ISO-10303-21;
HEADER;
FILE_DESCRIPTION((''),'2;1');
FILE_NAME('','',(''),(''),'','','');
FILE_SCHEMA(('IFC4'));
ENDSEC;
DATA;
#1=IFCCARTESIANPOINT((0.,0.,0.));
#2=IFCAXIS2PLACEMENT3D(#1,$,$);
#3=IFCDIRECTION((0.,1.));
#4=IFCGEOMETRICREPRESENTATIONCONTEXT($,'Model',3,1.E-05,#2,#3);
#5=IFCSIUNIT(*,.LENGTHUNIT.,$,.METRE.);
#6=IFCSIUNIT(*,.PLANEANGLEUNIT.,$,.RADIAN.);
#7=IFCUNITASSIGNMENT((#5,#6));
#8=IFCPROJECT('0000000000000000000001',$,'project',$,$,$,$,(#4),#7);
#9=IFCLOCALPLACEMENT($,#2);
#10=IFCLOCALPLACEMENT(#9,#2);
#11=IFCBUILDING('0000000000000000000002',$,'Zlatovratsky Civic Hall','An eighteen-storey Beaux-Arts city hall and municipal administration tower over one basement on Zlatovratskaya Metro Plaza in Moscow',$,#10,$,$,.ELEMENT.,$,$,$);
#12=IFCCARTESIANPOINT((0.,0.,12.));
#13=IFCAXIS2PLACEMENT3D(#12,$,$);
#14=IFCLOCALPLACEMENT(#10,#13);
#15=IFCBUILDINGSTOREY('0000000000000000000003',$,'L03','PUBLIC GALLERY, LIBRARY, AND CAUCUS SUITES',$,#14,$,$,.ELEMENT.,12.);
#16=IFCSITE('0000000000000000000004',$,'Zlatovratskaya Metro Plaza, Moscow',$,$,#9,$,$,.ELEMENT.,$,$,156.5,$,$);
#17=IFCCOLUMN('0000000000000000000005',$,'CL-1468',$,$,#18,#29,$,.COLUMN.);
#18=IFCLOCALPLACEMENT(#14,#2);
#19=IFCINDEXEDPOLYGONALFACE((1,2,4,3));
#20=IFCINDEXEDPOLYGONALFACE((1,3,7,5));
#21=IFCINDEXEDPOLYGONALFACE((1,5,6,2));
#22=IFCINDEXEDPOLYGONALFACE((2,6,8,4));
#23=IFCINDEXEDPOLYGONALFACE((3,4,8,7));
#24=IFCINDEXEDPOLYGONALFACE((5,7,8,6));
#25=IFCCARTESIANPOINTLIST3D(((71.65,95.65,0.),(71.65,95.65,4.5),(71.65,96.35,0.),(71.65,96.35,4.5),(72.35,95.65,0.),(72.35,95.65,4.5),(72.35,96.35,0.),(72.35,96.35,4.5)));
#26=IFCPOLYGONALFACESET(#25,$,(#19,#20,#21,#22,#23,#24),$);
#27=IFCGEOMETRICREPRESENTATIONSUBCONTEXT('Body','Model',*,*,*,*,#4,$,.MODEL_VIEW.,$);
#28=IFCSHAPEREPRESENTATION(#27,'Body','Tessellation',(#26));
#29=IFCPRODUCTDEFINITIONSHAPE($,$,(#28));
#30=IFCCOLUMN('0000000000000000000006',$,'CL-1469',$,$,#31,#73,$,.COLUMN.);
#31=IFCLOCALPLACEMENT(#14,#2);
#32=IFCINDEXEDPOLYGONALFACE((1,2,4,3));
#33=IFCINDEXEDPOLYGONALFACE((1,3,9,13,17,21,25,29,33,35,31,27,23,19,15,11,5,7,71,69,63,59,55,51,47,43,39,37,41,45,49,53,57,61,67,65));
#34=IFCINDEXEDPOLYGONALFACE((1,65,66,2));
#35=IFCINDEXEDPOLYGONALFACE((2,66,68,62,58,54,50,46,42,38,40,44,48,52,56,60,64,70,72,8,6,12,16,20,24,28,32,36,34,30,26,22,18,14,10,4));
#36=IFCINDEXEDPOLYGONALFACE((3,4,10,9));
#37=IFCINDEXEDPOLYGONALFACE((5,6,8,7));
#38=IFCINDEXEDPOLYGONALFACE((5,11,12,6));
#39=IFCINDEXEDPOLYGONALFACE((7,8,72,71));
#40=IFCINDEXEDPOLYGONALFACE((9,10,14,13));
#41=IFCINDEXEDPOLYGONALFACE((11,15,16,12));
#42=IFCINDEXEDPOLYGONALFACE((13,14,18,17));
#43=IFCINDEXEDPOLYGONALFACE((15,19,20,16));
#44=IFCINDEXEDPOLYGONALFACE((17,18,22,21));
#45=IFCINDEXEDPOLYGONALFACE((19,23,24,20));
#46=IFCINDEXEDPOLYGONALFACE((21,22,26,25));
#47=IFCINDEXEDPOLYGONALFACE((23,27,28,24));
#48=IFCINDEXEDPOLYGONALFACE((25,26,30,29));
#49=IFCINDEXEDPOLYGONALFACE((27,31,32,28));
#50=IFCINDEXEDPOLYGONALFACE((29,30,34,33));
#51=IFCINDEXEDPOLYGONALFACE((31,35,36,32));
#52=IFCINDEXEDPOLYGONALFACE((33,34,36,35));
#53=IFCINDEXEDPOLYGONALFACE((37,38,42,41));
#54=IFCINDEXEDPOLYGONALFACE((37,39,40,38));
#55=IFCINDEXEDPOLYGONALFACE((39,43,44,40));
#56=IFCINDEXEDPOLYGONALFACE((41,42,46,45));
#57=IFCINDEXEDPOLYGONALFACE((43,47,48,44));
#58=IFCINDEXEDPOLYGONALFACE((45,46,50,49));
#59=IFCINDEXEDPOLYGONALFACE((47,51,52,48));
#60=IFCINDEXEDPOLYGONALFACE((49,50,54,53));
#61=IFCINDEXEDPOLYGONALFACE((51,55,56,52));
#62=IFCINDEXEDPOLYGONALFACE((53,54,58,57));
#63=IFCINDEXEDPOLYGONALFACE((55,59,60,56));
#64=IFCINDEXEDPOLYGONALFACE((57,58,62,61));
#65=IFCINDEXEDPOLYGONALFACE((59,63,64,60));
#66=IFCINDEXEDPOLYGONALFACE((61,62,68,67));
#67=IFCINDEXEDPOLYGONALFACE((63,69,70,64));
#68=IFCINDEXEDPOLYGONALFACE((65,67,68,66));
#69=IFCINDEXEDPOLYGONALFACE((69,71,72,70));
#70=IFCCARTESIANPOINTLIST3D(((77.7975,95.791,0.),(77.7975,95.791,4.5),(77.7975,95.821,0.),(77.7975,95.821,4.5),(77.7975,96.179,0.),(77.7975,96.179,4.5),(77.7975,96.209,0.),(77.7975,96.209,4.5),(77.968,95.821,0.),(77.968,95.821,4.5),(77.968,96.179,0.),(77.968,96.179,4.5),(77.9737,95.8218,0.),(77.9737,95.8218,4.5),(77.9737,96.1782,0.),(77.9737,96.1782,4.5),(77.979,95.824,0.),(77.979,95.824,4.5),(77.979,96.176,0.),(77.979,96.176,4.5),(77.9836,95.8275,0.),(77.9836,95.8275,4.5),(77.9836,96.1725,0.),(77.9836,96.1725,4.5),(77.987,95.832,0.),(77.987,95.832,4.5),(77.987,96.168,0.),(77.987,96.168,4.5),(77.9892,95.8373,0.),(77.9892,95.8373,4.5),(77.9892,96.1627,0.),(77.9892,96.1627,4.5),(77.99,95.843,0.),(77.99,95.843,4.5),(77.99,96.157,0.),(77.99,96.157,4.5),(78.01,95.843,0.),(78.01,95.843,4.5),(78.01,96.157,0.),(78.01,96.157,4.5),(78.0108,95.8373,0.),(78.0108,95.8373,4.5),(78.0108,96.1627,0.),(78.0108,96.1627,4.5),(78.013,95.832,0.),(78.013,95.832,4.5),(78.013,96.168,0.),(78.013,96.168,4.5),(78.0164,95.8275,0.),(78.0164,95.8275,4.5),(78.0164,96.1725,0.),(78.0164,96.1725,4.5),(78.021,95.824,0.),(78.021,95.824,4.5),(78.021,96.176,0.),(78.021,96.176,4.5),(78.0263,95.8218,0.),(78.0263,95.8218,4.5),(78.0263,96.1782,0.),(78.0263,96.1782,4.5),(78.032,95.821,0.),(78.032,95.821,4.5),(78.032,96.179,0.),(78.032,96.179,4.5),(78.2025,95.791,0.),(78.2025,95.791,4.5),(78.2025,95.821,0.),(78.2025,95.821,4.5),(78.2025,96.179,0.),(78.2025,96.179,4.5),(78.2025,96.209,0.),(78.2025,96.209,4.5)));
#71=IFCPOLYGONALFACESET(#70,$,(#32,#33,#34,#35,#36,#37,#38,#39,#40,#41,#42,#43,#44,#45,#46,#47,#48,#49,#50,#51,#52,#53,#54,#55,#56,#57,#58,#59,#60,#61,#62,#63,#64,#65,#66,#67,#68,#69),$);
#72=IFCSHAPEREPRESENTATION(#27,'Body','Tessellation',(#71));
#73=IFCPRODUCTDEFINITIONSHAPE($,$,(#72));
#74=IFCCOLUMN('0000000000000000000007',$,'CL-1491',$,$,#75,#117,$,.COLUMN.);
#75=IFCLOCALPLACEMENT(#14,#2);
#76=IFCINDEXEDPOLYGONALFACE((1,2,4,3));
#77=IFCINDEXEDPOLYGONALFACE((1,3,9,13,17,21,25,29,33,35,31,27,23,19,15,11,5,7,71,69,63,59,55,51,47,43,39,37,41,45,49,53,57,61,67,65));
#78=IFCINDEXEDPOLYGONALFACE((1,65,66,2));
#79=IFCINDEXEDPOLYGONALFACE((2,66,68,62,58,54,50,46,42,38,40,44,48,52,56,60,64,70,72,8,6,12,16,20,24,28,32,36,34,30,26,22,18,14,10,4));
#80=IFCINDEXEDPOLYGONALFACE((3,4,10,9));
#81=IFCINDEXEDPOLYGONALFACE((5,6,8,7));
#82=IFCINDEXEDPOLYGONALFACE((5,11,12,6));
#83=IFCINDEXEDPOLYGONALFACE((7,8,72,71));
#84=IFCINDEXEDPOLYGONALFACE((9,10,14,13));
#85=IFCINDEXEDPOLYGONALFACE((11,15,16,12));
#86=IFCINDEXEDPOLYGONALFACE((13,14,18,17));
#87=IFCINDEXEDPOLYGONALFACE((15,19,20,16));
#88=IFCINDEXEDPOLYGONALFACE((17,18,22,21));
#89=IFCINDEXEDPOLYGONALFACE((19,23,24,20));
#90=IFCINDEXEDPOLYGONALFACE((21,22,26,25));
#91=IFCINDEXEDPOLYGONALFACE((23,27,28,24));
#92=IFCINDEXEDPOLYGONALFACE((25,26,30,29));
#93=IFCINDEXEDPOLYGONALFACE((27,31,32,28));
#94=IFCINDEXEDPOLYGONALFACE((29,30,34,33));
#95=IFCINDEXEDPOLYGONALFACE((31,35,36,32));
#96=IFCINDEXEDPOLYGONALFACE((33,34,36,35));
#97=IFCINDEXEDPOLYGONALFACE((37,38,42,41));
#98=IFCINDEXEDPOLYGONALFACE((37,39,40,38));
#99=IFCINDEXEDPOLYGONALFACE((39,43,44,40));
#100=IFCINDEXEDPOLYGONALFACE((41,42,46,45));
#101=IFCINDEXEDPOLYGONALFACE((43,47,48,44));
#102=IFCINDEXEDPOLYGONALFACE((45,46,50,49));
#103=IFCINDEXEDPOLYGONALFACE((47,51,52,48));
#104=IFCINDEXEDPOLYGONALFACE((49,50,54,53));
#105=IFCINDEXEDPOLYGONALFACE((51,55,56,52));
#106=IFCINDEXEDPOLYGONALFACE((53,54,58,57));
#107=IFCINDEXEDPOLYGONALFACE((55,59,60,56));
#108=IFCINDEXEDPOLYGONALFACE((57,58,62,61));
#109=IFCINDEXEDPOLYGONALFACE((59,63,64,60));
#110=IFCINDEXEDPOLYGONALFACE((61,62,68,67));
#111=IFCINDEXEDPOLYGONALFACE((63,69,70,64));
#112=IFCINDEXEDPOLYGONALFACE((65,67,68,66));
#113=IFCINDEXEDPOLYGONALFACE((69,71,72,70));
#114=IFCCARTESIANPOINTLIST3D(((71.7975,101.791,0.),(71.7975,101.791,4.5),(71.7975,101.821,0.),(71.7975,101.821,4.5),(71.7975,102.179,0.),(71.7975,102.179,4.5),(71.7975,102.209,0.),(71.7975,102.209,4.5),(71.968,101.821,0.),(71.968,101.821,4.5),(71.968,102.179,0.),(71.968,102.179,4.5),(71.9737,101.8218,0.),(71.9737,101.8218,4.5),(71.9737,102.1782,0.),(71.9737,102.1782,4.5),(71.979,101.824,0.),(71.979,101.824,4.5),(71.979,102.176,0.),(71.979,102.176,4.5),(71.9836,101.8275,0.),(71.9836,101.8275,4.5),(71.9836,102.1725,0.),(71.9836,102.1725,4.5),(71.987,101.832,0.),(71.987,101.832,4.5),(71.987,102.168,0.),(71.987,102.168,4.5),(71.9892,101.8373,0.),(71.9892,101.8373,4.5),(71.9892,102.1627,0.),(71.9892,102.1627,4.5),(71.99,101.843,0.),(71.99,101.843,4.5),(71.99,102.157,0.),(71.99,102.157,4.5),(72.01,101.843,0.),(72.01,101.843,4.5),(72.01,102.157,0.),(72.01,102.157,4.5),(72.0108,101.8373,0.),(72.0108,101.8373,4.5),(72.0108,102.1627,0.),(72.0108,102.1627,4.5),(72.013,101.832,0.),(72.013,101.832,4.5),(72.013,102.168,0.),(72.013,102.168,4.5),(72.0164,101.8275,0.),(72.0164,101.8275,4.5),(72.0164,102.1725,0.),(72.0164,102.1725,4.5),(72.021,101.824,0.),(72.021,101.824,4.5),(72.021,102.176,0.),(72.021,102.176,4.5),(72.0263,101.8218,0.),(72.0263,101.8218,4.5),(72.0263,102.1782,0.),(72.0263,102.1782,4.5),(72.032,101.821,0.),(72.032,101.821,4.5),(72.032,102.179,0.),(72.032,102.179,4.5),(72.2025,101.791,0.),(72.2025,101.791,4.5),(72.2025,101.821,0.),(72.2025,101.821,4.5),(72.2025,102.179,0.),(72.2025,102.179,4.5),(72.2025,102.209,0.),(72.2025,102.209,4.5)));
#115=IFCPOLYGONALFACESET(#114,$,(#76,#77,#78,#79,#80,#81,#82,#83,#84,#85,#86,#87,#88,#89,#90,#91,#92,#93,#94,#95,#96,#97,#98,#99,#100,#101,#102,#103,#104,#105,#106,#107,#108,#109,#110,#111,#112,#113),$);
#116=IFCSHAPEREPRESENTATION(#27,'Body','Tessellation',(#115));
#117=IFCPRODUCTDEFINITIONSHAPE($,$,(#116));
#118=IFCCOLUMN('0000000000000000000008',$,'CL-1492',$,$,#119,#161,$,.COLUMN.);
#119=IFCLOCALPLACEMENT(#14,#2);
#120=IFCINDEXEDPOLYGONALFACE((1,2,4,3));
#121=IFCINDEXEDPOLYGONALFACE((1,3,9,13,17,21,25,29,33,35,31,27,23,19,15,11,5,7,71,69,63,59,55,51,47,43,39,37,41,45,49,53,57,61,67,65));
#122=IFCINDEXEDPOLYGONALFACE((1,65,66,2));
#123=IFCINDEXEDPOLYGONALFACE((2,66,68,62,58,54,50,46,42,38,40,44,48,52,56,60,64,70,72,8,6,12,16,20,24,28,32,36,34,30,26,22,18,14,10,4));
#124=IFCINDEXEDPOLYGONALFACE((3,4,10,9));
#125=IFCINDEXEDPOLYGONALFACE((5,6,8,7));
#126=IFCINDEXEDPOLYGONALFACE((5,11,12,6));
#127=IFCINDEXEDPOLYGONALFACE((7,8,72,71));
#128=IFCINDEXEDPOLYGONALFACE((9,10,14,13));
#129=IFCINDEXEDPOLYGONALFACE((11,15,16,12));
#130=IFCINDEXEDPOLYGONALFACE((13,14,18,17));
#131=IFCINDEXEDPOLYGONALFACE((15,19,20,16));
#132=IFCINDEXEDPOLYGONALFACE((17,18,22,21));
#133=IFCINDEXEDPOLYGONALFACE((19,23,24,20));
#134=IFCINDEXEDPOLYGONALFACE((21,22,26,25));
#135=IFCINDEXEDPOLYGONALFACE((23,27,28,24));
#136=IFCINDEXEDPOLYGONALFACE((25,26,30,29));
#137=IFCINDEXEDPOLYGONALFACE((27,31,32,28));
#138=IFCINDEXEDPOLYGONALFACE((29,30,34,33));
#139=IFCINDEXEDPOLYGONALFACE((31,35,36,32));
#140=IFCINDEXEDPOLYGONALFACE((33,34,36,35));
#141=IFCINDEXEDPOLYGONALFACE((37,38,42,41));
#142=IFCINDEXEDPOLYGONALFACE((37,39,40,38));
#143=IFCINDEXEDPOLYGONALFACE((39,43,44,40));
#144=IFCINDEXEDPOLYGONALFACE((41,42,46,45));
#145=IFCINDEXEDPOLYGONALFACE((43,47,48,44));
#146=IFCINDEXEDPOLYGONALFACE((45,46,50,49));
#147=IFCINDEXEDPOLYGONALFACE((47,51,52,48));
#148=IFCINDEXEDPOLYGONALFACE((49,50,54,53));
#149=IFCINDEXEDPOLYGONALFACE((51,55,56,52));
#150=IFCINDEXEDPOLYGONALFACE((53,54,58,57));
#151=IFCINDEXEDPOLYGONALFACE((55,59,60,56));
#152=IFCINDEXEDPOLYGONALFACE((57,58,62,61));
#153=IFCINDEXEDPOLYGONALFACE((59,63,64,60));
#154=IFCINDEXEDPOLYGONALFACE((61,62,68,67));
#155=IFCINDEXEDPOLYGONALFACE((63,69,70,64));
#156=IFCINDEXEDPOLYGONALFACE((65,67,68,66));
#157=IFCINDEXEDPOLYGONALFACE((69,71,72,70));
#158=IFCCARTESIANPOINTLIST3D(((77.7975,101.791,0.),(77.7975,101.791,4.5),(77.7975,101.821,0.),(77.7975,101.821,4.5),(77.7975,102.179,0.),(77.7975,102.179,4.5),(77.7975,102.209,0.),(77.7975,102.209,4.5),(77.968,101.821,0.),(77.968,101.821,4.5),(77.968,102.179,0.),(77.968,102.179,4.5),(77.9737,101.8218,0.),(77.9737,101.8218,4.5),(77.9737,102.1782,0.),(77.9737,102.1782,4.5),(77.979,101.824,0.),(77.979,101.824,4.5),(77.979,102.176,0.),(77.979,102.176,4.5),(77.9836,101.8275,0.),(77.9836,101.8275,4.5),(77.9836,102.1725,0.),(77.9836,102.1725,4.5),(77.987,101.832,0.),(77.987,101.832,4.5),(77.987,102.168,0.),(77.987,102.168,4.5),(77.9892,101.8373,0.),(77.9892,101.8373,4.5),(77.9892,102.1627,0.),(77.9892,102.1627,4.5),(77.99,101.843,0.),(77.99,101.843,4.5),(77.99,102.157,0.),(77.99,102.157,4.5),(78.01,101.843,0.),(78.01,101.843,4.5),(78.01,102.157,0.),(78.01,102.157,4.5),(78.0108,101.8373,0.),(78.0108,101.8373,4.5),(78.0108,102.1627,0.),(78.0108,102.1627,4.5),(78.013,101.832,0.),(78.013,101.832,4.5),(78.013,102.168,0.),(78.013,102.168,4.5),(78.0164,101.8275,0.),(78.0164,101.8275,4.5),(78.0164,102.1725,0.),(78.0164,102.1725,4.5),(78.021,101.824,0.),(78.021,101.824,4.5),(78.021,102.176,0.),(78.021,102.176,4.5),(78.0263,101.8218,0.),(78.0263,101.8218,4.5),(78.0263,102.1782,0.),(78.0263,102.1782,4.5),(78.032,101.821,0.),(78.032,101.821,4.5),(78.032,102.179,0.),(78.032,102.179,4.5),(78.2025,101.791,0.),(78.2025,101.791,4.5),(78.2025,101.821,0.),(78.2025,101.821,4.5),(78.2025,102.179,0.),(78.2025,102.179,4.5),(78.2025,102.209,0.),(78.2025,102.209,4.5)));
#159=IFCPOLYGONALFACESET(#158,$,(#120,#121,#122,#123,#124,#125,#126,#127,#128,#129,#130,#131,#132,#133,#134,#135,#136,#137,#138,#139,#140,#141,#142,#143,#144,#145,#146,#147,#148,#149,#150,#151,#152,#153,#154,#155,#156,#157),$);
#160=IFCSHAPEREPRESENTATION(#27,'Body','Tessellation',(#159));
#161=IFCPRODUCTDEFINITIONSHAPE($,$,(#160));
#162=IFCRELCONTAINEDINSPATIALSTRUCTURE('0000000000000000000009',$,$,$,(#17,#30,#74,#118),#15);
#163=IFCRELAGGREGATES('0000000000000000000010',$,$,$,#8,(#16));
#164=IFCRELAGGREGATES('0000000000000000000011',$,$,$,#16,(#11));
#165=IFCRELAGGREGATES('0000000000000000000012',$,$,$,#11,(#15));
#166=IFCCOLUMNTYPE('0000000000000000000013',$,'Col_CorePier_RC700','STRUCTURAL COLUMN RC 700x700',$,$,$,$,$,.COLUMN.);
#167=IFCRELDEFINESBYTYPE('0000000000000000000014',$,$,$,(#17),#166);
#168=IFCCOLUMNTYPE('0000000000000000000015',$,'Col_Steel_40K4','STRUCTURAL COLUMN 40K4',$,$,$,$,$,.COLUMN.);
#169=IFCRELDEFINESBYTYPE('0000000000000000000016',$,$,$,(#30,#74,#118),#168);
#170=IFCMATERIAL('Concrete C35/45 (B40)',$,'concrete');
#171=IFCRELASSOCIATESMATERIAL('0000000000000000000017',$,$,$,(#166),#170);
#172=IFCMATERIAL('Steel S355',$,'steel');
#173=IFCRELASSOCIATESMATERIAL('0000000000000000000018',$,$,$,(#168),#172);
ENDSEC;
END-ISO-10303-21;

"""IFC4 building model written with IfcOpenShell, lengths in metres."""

from ifc_helpers import new_model, si_unit, direction, frame, origin, origin_2d, place, context, subcontext, project, spatial, rectangle, i_section, extrude, material, material_profile, profile_set, type_object, element, save


model = new_model("IFC4")

# Units and contexts
model_context = context("Model", 3, precision=1e-05, world=origin(), true_north=direction((0.0, 1.0)))
body_context = subcontext(model_context, "Body", "Model", "MODEL_VIEW")
ifc_project = project(units=[si_unit("LENGTHUNIT", "METRE"), si_unit("PLANEANGLEUNIT", "RADIAN")], contexts=[model_context])

# Site, building, storey
site_placement = place(None, origin())
site = spatial("IfcSite", under=ifc_project, at=site_placement, Name="Zlatovratskaya Metro Plaza, Moscow", CompositionType="ELEMENT", RefElevation=156.5)
building_placement = place(site_placement, origin())
building = spatial("IfcBuilding", under=site, at=building_placement, Name="Zlatovratsky Civic Hall", Description="An eighteen-storey Beaux-Arts city hall and municipal administration tower over one basement on Zlatovratskaya Metro Plaza in Moscow", CompositionType="ELEMENT")
storey_placement = place(building_placement, frame((0.0, 0.0, 12.0)))
storey = spatial("IfcBuildingStorey", under=building, at=storey_placement, Name="L03", Description="PUBLIC GALLERY, LIBRARY, AND CAUCUS SUITES", CompositionType="ELEMENT", Elevation=12.0)

# Columns
ifc_material_1 = material(Name="Concrete C35/45 (B40)", Category="concrete")
ifc_material_profile_1 = material_profile(ifc_material_1, rectangle(XDim=0.7, YDim=0.7, at=origin_2d()), Name="RC 700x700")
ifc_profile_set_1 = profile_set([ifc_material_profile_1], Name="Concrete C35/45 (B40)")
column_type_1 = type_object("IfcColumnType", Name="Col_CorePier_RC700", Description="STRUCTURAL COLUMN RC 700x700", PredefinedType="COLUMN", material=ifc_profile_set_1)
column_placement = place(storey_placement, frame((72.0, 96.0, 0.0), z_axis=(0.0, 0.0, 1.0), x_axis=(1.0, 0.0, 0.0)))
element("IfcColumn", 1, at=column_placement, inside=storey, type_object=column_type_1, Name="CL-1468", PredefinedType="COLUMN", context=body_context, shape_type="SweptSolid", body=[
    extrude(rectangle(XDim=0.7, YDim=0.7, at=origin_2d()), origin(), (0.0, 0.0, 1.0), 4.5),
])
ifc_material_2 = material(Name="Steel S355", Category="steel")
ifc_material_profile_2 = material_profile(ifc_material_2, i_section(OverallWidth=0.405, OverallDepth=0.418, WebThickness=0.02, FlangeThickness=0.03, FilletRadius=0.022, at=origin_2d()), Name="40K4")
ifc_profile_set_2 = profile_set([ifc_material_profile_2], Name="Steel S355")
column_type_2 = type_object("IfcColumnType", Name="Col_Steel_40K4", Description="STRUCTURAL COLUMN 40K4", PredefinedType="COLUMN", material=ifc_profile_set_2)
for number, where, z_axis, x_axis, name in (
    (2, (78.0, 96.0, 0.0), (0.0, 0.0, 1.0), (1.0, 0.0, 0.0), "CL-1469"),
    (3, (72.0, 102.0, 0.0), (0.0, 0.0, 1.0), (1.0, 0.0, 0.0), "CL-1491"),
    (4, (78.0, 102.0, 0.0), (0.0, 0.0, 1.0), (1.0, 0.0, 0.0), "CL-1492"),
):
    element("IfcColumn", number, at=place(storey_placement, frame(where, z_axis=z_axis, x_axis=x_axis)), inside=storey, type_object=column_type_2, Name=name, PredefinedType="COLUMN", context=body_context, shape_type="SweptSolid", body=[
        extrude(i_section(OverallWidth=0.405, OverallDepth=0.418, WebThickness=0.02, FlangeThickness=0.03, FilletRadius=0.022, at=origin_2d()), origin(), (0.0, 0.0, 1.0), 4.5),
    ])

save(model, "model.ifc")
